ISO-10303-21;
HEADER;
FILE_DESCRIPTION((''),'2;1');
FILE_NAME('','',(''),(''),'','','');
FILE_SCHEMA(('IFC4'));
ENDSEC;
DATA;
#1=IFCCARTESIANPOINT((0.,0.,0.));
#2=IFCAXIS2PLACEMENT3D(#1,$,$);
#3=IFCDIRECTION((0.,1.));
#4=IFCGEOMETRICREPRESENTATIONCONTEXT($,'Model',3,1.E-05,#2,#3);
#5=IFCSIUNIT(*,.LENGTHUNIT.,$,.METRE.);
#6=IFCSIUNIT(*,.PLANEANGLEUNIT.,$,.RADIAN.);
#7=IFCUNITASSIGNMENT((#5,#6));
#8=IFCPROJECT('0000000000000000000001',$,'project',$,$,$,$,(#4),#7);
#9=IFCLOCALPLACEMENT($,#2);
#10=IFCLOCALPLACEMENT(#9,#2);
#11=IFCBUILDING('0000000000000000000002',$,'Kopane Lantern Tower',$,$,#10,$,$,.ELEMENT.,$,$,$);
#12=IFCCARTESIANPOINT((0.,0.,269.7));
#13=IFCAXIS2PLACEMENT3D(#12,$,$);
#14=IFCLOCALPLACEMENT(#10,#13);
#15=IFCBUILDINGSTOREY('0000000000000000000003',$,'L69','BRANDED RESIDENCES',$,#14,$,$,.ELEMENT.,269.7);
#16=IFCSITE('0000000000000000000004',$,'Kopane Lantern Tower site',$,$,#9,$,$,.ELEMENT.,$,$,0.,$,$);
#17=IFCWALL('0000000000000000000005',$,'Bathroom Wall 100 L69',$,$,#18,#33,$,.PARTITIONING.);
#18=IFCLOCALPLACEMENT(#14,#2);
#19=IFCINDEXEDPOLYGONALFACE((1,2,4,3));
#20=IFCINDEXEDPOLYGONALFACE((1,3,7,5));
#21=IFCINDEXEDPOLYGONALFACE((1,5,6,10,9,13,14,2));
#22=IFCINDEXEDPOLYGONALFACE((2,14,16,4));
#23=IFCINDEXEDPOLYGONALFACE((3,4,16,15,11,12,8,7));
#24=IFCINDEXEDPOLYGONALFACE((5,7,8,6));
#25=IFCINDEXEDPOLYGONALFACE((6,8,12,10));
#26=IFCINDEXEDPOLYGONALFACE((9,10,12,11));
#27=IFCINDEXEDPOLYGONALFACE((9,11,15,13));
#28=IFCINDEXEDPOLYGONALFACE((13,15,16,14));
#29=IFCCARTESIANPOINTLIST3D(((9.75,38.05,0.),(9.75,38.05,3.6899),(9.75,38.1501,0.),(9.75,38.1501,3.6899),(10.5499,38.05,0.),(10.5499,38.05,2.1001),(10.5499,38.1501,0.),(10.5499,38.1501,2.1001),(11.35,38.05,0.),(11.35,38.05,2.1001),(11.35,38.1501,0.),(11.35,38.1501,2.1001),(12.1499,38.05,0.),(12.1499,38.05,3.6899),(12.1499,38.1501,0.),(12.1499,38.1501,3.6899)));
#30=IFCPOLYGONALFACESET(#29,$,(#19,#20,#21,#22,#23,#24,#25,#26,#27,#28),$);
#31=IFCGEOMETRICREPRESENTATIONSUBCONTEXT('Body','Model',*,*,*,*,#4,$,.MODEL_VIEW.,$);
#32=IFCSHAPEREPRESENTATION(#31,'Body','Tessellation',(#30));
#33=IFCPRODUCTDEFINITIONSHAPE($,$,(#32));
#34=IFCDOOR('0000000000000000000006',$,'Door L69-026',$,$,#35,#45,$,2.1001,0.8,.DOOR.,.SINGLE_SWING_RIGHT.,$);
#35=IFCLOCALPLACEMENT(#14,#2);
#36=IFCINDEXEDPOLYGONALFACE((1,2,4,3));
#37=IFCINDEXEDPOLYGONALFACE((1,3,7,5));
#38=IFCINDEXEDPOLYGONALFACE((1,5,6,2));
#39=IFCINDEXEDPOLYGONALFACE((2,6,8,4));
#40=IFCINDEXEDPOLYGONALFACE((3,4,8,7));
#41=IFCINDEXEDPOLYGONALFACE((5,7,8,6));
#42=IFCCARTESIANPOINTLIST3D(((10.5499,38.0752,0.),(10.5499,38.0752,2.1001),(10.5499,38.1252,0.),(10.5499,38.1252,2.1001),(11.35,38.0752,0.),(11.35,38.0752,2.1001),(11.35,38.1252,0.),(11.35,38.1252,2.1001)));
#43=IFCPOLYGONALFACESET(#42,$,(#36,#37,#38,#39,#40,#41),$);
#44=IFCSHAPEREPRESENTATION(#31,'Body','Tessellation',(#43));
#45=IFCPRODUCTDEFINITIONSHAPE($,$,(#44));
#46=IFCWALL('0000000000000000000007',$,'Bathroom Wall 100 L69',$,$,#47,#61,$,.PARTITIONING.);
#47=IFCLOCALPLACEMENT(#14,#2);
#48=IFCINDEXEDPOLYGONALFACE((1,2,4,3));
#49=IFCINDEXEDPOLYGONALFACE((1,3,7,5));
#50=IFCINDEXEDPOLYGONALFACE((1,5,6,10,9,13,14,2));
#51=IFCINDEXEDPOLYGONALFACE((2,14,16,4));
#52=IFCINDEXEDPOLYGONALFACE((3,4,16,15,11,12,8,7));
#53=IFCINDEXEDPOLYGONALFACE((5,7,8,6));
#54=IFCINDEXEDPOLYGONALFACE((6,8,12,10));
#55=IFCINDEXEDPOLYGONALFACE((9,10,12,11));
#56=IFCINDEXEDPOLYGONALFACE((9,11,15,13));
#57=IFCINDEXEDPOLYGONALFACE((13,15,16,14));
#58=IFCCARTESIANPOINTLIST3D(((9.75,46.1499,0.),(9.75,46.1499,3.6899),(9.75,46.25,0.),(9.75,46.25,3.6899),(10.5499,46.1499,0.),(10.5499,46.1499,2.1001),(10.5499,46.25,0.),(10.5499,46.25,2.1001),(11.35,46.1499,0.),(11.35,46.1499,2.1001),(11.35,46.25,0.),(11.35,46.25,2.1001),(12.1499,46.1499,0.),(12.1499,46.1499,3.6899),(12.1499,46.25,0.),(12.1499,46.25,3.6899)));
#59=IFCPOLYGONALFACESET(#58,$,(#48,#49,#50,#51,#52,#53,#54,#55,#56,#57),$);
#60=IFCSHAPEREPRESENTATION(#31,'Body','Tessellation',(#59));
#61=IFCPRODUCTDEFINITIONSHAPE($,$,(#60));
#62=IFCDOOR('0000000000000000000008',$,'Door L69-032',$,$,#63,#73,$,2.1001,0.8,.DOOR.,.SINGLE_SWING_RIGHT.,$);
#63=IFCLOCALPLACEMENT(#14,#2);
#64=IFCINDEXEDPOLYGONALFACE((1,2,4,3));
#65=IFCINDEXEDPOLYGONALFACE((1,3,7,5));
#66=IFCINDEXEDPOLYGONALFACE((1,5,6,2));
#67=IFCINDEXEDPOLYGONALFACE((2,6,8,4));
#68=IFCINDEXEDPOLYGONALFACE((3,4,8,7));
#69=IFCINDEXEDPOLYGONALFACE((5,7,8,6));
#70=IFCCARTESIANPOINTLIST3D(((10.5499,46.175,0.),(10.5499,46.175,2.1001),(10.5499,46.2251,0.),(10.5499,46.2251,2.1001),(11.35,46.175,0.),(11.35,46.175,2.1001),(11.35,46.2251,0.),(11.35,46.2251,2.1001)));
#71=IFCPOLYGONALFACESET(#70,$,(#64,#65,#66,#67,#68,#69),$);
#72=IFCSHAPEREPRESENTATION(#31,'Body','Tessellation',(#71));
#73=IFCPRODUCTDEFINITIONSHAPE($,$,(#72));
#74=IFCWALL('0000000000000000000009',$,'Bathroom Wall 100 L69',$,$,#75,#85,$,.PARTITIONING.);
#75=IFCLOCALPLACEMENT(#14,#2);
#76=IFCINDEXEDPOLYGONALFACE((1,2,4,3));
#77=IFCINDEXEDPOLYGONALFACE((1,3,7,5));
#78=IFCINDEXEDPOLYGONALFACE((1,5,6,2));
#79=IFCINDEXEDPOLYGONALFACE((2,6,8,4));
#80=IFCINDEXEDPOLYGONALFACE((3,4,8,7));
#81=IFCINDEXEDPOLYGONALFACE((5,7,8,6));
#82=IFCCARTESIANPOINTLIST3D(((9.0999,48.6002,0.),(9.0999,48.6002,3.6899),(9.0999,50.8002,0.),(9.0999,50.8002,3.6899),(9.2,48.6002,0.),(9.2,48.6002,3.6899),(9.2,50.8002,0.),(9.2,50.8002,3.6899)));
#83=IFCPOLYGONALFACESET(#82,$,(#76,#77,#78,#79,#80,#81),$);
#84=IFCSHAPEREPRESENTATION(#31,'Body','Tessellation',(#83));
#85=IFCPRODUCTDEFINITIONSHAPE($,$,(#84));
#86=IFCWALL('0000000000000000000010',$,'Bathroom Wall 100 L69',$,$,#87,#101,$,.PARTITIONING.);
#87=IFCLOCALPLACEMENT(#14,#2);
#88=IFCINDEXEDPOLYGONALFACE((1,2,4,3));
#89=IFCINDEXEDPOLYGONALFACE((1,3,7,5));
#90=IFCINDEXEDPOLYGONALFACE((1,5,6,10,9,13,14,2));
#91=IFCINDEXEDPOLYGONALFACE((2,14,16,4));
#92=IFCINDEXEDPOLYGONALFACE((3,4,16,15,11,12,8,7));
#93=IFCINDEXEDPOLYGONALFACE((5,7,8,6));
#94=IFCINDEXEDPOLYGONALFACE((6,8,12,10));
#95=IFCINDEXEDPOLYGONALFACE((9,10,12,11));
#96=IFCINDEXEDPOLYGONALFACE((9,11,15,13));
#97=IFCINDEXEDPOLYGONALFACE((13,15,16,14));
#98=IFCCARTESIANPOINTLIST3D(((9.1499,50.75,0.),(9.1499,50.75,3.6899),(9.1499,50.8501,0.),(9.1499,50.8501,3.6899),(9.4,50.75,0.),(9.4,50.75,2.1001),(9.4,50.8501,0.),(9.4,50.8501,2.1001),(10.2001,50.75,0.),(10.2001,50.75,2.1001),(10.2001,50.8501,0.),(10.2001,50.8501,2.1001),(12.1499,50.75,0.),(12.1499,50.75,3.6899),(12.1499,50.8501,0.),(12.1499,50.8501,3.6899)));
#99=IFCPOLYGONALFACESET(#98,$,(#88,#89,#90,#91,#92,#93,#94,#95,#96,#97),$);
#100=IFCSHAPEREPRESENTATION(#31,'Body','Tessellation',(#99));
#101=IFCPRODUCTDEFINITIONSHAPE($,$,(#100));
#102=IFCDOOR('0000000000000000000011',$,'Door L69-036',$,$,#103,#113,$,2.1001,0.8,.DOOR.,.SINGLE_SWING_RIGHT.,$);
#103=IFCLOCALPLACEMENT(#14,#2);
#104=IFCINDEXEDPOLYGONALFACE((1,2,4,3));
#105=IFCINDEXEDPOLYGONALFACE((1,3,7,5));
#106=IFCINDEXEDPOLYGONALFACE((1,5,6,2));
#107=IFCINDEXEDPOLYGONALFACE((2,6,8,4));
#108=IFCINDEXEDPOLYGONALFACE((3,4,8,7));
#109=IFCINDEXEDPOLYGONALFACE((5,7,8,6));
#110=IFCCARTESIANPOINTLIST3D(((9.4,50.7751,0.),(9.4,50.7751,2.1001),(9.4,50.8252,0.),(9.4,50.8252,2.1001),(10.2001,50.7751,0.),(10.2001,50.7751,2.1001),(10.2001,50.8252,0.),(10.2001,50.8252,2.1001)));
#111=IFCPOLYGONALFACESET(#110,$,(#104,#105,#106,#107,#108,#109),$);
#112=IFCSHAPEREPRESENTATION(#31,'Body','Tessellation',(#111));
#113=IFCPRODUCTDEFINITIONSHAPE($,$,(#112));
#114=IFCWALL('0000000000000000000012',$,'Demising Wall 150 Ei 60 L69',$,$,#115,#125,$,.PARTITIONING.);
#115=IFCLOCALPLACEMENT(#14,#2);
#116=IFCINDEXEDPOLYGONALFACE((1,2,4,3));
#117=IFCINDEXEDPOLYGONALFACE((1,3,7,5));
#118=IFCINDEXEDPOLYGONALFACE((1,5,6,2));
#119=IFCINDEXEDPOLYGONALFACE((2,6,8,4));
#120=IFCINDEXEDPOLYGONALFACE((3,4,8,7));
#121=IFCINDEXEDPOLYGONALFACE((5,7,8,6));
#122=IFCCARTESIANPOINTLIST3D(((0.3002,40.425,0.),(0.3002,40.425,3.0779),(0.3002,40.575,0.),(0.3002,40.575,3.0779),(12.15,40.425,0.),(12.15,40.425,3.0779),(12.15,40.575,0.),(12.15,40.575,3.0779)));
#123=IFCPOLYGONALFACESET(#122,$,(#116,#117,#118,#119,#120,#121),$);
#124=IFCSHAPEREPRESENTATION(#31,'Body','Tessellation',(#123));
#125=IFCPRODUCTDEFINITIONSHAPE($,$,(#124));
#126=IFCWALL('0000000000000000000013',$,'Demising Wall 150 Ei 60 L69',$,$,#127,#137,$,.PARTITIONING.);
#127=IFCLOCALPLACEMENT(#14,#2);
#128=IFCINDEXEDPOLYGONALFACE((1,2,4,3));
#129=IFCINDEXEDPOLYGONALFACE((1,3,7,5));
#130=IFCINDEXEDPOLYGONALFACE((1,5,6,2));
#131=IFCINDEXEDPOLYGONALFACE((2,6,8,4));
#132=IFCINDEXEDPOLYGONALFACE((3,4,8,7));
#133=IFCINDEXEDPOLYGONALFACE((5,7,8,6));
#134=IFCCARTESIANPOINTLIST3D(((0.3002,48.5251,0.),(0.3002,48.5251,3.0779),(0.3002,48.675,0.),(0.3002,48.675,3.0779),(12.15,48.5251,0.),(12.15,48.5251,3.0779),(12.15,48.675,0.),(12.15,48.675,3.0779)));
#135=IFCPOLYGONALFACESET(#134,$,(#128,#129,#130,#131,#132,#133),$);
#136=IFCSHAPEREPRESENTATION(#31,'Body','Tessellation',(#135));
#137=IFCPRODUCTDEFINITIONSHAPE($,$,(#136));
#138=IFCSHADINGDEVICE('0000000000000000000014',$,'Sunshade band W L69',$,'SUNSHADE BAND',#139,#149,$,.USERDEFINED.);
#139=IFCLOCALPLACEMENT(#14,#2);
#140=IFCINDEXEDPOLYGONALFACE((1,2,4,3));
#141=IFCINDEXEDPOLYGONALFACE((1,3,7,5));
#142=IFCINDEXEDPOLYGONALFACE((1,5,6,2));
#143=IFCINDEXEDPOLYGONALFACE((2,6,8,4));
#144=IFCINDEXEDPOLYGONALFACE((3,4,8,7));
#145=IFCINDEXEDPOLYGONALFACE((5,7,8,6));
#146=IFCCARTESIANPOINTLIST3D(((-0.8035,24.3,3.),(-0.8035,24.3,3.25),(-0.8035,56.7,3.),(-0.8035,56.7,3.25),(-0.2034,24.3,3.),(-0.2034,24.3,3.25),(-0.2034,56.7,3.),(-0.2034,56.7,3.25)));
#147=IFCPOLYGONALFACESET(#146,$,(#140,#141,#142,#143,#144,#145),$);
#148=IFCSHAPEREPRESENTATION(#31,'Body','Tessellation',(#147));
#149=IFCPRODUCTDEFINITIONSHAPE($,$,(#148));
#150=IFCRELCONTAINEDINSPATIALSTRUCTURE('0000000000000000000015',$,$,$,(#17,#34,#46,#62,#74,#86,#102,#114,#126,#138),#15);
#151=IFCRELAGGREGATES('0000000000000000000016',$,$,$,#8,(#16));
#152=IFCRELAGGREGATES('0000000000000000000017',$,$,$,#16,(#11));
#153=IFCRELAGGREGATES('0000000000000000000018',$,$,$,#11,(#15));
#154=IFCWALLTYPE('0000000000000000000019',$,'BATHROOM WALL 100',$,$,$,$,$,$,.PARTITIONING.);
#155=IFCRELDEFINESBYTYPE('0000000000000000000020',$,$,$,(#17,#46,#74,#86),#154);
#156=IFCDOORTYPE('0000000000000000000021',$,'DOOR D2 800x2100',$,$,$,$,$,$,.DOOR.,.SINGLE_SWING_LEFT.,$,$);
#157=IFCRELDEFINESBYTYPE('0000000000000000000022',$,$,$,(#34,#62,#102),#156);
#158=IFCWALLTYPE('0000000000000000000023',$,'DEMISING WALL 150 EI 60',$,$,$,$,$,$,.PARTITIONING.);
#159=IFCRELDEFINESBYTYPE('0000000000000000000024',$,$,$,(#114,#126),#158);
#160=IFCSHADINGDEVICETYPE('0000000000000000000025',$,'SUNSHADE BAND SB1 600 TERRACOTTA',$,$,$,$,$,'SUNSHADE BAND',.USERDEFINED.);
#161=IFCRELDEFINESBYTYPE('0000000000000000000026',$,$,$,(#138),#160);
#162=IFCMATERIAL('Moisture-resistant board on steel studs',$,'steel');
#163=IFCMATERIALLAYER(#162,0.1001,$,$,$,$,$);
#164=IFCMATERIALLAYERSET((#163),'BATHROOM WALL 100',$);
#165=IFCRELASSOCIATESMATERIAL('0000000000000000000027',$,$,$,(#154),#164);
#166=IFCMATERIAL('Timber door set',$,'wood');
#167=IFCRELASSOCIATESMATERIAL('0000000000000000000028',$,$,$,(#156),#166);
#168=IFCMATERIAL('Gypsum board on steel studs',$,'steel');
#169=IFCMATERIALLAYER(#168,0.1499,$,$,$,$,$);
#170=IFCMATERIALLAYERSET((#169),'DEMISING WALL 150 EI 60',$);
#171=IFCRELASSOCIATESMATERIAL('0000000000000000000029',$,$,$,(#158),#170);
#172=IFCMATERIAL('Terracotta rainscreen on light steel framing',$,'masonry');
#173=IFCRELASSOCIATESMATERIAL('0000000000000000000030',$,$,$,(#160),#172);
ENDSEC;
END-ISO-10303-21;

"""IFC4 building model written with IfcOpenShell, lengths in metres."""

from ifc_helpers import new_model, si_unit, direction, frame, frame_2d, origin, origin_2d, place, context, subcontext, project, spatial, rectangle, extrude, material, layer, layer_set, type_object, element, fill, save


model = new_model("IFC4")

# Units and contexts
model_context = context("Model", 3, precision=1e-05, world=origin(), true_north=direction((0.0, 1.0)))
body_context = subcontext(model_context, "Body", "Model", "MODEL_VIEW")
ifc_project = project(units=[si_unit("LENGTHUNIT", "METRE"), si_unit("PLANEANGLEUNIT", "RADIAN")], contexts=[model_context])

# Site, building, storey
site_placement = place(None, origin())
site = spatial("IfcSite", under=ifc_project, at=site_placement, Name="Kopane Lantern Tower site", CompositionType="ELEMENT", RefElevation=0.0)
building_placement = place(site_placement, origin())
building = spatial("IfcBuilding", under=site, at=building_placement, Name="Kopane Lantern Tower", CompositionType="ELEMENT")
storey_placement = place(building_placement, frame((0.0, 0.0, 269.7)))
storey = spatial("IfcBuildingStorey", under=building, at=storey_placement, Name="L69", Description="BRANDED RESIDENCES", CompositionType="ELEMENT", Elevation=269.7)

# Walls, openings, doors
ifc_material_1 = material(Name="Moisture-resistant board on steel studs", Category="steel")
ifc_layer_1 = layer(ifc_material_1, 0.1001)
ifc_layer_set_1 = layer_set([ifc_layer_1], Name="BATHROOM WALL 100")
wall_type_1 = type_object("IfcWallType", Name="BATHROOM WALL 100", PredefinedType="PARTITIONING", material=ifc_layer_set_1)
wall_1_placement = place(storey_placement, frame((12.1499, 38.1001, 0.0), z_axis=(0.0, 0.0, 1.0), x_axis=(-1.0, 0.0, 0.0)))
wall_1 = element("IfcWall", 1, at=wall_1_placement, inside=storey, type_object=wall_type_1, Name="Bathroom Wall 100 L69", PredefinedType="PARTITIONING", context=body_context, shape_type="SweptSolid", body=[
    extrude(rectangle(XDim=2.3999, YDim=0.1001, at=frame_2d((1.2, 0.0))), origin(), (0.0, 0.0, 1.0), 3.6899),
])
opening_1_placement = place(wall_1_placement, frame((0.8, 0.0, 0.0)))
opening_1 = element("IfcOpeningElement", 2, at=opening_1_placement, cuts=wall_1, PredefinedType="OPENING", context=body_context, shape_type="SweptSolid", body=[
    extrude(rectangle(XDim=0.8, YDim=2.1001, at=frame_2d((0.3999, 1.05))), frame((0.0, 0.0601, 0.0), z_axis=(0.0, -1.0, 0.0), x_axis=(1.0, 0.0, 0.0)), (0.0, 0.0, 1.0), 0.1201),
])
ifc_material_2 = material(Name="Timber door set", Category="wood")
door_type = type_object("IfcDoorType", Name="DOOR D2 800x2100", OperationType="SINGLE_SWING_LEFT", PredefinedType="DOOR", material=ifc_material_2)
door_1_placement = place(opening_1_placement, origin())
door_1 = element("IfcDoor", 3, at=door_1_placement, inside=storey, type_object=door_type, Name="Door L69-026", OperationType="SINGLE_SWING_RIGHT", OverallHeight=2.1001, OverallWidth=0.8, PredefinedType="DOOR", context=body_context, shape_type="SweptSolid", body=[
    extrude(rectangle(XDim=0.8, YDim=2.1001, at=frame_2d((0.3999, 1.05))), frame((0.0, 0.0249, 0.0), z_axis=(0.0, -1.0, 0.0), x_axis=(1.0, 0.0, 0.0)), (0.0, 0.0, 1.0), 0.05),
])
fill(opening_1, door_1)
wall_2_placement = place(storey_placement, frame((12.1499, 46.2, 0.0), z_axis=(0.0, 0.0, 1.0), x_axis=(-1.0, 0.0, 0.0)))
wall_2 = element("IfcWall", 4, at=wall_2_placement, inside=storey, type_object=wall_type_1, Name="Bathroom Wall 100 L69", PredefinedType="PARTITIONING", context=body_context, shape_type="SweptSolid", body=[
    extrude(rectangle(XDim=2.3999, YDim=0.1001, at=frame_2d((1.2, 0.0))), origin(), (0.0, 0.0, 1.0), 3.6899),
])
opening_2_placement = place(wall_2_placement, frame((0.8, 0.0, 0.0)))
opening_2 = element("IfcOpeningElement", 5, at=opening_2_placement, cuts=wall_2, PredefinedType="OPENING", context=body_context, shape_type="SweptSolid", body=[
    extrude(rectangle(XDim=0.8, YDim=2.1001, at=frame_2d((0.3999, 1.05))), frame((0.0, 0.0601, 0.0), z_axis=(0.0, -1.0, 0.0), x_axis=(1.0, 0.0, 0.0)), (0.0, 0.0, 1.0), 0.1201),
])
door_2_placement = place(opening_2_placement, origin())
door_2 = element("IfcDoor", 6, at=door_2_placement, inside=storey, type_object=door_type, Name="Door L69-032", OperationType="SINGLE_SWING_RIGHT", OverallHeight=2.1001, OverallWidth=0.8, PredefinedType="DOOR", context=body_context, shape_type="SweptSolid", body=[
    extrude(rectangle(XDim=0.8, YDim=2.1001, at=frame_2d((0.3999, 1.05))), frame((0.0, 0.0249, 0.0), z_axis=(0.0, -1.0, 0.0), x_axis=(1.0, 0.0, 0.0)), (0.0, 0.0, 1.0), 0.05),
])
fill(opening_2, door_2)

# Wall
wall_3_placement = place(storey_placement, frame((9.1499, 48.6001, 0.0), z_axis=(0.0, 0.0, 1.0), x_axis=(0.0, 1.0, 0.0)))
element("IfcWall", 7, at=wall_3_placement, inside=storey, type_object=wall_type_1, Name="Bathroom Wall 100 L69", PredefinedType="PARTITIONING", context=body_context, shape_type="SweptSolid", body=[
    extrude(rectangle(XDim=2.2, YDim=0.1001, at=frame_2d((1.1001, 0.0))), origin(), (0.0, 0.0, 1.0), 3.6899),
])

# Wall, opening, door
wall_4_placement = place(storey_placement, frame((12.1499, 50.8, 0.0), z_axis=(0.0, 0.0, 1.0), x_axis=(-1.0, 0.0, 0.0)))
wall_4 = element("IfcWall", 8, at=wall_4_placement, inside=storey, type_object=wall_type_1, Name="Bathroom Wall 100 L69", PredefinedType="PARTITIONING", context=body_context, shape_type="SweptSolid", body=[
    extrude(rectangle(XDim=3.0, YDim=0.1001, at=frame_2d((1.5, 0.0))), origin(), (0.0, 0.0, 1.0), 3.6899),
])
opening_3_placement = place(wall_4_placement, frame((1.95, 0.0, 0.0)))
opening_3 = element("IfcOpeningElement", 9, at=opening_3_placement, cuts=wall_4, PredefinedType="OPENING", context=body_context, shape_type="SweptSolid", body=[
    extrude(rectangle(XDim=0.8, YDim=2.1001, at=frame_2d((0.3999, 1.05))), frame((0.0, 0.0601, 0.0), z_axis=(0.0, -1.0, 0.0), x_axis=(1.0, 0.0, 0.0)), (0.0, 0.0, 1.0), 0.1201),
])
door_3_placement = place(opening_3_placement, origin())
door_3 = element("IfcDoor", 10, at=door_3_placement, inside=storey, type_object=door_type, Name="Door L69-036", OperationType="SINGLE_SWING_RIGHT", OverallHeight=2.1001, OverallWidth=0.8, PredefinedType="DOOR", context=body_context, shape_type="SweptSolid", body=[
    extrude(rectangle(XDim=0.8, YDim=2.1001, at=frame_2d((0.3999, 1.05))), frame((0.0, 0.0249, 0.0), z_axis=(0.0, -1.0, 0.0), x_axis=(1.0, 0.0, 0.0)), (0.0, 0.0, 1.0), 0.05),
])
fill(opening_3, door_3)

# Walls
ifc_material_3 = material(Name="Gypsum board on steel studs", Category="steel")
ifc_layer_2 = layer(ifc_material_3, 0.1499)
ifc_layer_set_2 = layer_set([ifc_layer_2], Name="DEMISING WALL 150 EI 60")
wall_type_2 = type_object("IfcWallType", Name="DEMISING WALL 150 EI 60", PredefinedType="PARTITIONING", material=ifc_layer_set_2)
for number, where, z_axis, x_axis, name in (
    (11, (12.1499, 40.5, 0.0), (0.0, 0.0, 1.0), (-1.0, 0.0, 0.0), "Demising Wall 150 Ei 60 L69"),
    (12, (12.1499, 48.6001, 0.0), (0.0, 0.0, 1.0), (-1.0, 0.0, 0.0), "Demising Wall 150 Ei 60 L69"),
):
    element("IfcWall", number, at=place(storey_placement, frame(where, z_axis=z_axis, x_axis=x_axis)), inside=storey, type_object=wall_type_2, Name=name, PredefinedType="PARTITIONING", context=body_context, shape_type="SweptSolid", body=[
        extrude(rectangle(XDim=11.8499, YDim=0.1499, at=frame_2d((5.9248, 0.0))), origin(), (0.0, 0.0, 1.0), 3.0779),
    ])

# Shading device
ifc_material_4 = material(Name="Terracotta rainscreen on light steel framing", Category="masonry")
shading_device_type = type_object("IfcShadingDeviceType", Name="SUNSHADE BAND SB1 600 TERRACOTTA", ElementType="SUNSHADE BAND", PredefinedType="USERDEFINED", material=ifc_material_4)
shading_device_placement = place(storey_placement, frame((-0.5034, 40.5, 3.0), z_axis=(0.0, 0.0, 1.0), x_axis=(0.0, -1.0, 0.0)))
element("IfcShadingDevice", 13, at=shading_device_placement, inside=storey, type_object=shading_device_type, Name="Sunshade band W L69", ObjectType="SUNSHADE BAND", PredefinedType="USERDEFINED", context=body_context, shape_type="SweptSolid", body=[
    extrude(rectangle(XDim=32.3999, YDim=0.6001, at=origin_2d()), origin(), (0.0, 0.0, 1.0), 0.25),
])

save(model, "model.ifc")
